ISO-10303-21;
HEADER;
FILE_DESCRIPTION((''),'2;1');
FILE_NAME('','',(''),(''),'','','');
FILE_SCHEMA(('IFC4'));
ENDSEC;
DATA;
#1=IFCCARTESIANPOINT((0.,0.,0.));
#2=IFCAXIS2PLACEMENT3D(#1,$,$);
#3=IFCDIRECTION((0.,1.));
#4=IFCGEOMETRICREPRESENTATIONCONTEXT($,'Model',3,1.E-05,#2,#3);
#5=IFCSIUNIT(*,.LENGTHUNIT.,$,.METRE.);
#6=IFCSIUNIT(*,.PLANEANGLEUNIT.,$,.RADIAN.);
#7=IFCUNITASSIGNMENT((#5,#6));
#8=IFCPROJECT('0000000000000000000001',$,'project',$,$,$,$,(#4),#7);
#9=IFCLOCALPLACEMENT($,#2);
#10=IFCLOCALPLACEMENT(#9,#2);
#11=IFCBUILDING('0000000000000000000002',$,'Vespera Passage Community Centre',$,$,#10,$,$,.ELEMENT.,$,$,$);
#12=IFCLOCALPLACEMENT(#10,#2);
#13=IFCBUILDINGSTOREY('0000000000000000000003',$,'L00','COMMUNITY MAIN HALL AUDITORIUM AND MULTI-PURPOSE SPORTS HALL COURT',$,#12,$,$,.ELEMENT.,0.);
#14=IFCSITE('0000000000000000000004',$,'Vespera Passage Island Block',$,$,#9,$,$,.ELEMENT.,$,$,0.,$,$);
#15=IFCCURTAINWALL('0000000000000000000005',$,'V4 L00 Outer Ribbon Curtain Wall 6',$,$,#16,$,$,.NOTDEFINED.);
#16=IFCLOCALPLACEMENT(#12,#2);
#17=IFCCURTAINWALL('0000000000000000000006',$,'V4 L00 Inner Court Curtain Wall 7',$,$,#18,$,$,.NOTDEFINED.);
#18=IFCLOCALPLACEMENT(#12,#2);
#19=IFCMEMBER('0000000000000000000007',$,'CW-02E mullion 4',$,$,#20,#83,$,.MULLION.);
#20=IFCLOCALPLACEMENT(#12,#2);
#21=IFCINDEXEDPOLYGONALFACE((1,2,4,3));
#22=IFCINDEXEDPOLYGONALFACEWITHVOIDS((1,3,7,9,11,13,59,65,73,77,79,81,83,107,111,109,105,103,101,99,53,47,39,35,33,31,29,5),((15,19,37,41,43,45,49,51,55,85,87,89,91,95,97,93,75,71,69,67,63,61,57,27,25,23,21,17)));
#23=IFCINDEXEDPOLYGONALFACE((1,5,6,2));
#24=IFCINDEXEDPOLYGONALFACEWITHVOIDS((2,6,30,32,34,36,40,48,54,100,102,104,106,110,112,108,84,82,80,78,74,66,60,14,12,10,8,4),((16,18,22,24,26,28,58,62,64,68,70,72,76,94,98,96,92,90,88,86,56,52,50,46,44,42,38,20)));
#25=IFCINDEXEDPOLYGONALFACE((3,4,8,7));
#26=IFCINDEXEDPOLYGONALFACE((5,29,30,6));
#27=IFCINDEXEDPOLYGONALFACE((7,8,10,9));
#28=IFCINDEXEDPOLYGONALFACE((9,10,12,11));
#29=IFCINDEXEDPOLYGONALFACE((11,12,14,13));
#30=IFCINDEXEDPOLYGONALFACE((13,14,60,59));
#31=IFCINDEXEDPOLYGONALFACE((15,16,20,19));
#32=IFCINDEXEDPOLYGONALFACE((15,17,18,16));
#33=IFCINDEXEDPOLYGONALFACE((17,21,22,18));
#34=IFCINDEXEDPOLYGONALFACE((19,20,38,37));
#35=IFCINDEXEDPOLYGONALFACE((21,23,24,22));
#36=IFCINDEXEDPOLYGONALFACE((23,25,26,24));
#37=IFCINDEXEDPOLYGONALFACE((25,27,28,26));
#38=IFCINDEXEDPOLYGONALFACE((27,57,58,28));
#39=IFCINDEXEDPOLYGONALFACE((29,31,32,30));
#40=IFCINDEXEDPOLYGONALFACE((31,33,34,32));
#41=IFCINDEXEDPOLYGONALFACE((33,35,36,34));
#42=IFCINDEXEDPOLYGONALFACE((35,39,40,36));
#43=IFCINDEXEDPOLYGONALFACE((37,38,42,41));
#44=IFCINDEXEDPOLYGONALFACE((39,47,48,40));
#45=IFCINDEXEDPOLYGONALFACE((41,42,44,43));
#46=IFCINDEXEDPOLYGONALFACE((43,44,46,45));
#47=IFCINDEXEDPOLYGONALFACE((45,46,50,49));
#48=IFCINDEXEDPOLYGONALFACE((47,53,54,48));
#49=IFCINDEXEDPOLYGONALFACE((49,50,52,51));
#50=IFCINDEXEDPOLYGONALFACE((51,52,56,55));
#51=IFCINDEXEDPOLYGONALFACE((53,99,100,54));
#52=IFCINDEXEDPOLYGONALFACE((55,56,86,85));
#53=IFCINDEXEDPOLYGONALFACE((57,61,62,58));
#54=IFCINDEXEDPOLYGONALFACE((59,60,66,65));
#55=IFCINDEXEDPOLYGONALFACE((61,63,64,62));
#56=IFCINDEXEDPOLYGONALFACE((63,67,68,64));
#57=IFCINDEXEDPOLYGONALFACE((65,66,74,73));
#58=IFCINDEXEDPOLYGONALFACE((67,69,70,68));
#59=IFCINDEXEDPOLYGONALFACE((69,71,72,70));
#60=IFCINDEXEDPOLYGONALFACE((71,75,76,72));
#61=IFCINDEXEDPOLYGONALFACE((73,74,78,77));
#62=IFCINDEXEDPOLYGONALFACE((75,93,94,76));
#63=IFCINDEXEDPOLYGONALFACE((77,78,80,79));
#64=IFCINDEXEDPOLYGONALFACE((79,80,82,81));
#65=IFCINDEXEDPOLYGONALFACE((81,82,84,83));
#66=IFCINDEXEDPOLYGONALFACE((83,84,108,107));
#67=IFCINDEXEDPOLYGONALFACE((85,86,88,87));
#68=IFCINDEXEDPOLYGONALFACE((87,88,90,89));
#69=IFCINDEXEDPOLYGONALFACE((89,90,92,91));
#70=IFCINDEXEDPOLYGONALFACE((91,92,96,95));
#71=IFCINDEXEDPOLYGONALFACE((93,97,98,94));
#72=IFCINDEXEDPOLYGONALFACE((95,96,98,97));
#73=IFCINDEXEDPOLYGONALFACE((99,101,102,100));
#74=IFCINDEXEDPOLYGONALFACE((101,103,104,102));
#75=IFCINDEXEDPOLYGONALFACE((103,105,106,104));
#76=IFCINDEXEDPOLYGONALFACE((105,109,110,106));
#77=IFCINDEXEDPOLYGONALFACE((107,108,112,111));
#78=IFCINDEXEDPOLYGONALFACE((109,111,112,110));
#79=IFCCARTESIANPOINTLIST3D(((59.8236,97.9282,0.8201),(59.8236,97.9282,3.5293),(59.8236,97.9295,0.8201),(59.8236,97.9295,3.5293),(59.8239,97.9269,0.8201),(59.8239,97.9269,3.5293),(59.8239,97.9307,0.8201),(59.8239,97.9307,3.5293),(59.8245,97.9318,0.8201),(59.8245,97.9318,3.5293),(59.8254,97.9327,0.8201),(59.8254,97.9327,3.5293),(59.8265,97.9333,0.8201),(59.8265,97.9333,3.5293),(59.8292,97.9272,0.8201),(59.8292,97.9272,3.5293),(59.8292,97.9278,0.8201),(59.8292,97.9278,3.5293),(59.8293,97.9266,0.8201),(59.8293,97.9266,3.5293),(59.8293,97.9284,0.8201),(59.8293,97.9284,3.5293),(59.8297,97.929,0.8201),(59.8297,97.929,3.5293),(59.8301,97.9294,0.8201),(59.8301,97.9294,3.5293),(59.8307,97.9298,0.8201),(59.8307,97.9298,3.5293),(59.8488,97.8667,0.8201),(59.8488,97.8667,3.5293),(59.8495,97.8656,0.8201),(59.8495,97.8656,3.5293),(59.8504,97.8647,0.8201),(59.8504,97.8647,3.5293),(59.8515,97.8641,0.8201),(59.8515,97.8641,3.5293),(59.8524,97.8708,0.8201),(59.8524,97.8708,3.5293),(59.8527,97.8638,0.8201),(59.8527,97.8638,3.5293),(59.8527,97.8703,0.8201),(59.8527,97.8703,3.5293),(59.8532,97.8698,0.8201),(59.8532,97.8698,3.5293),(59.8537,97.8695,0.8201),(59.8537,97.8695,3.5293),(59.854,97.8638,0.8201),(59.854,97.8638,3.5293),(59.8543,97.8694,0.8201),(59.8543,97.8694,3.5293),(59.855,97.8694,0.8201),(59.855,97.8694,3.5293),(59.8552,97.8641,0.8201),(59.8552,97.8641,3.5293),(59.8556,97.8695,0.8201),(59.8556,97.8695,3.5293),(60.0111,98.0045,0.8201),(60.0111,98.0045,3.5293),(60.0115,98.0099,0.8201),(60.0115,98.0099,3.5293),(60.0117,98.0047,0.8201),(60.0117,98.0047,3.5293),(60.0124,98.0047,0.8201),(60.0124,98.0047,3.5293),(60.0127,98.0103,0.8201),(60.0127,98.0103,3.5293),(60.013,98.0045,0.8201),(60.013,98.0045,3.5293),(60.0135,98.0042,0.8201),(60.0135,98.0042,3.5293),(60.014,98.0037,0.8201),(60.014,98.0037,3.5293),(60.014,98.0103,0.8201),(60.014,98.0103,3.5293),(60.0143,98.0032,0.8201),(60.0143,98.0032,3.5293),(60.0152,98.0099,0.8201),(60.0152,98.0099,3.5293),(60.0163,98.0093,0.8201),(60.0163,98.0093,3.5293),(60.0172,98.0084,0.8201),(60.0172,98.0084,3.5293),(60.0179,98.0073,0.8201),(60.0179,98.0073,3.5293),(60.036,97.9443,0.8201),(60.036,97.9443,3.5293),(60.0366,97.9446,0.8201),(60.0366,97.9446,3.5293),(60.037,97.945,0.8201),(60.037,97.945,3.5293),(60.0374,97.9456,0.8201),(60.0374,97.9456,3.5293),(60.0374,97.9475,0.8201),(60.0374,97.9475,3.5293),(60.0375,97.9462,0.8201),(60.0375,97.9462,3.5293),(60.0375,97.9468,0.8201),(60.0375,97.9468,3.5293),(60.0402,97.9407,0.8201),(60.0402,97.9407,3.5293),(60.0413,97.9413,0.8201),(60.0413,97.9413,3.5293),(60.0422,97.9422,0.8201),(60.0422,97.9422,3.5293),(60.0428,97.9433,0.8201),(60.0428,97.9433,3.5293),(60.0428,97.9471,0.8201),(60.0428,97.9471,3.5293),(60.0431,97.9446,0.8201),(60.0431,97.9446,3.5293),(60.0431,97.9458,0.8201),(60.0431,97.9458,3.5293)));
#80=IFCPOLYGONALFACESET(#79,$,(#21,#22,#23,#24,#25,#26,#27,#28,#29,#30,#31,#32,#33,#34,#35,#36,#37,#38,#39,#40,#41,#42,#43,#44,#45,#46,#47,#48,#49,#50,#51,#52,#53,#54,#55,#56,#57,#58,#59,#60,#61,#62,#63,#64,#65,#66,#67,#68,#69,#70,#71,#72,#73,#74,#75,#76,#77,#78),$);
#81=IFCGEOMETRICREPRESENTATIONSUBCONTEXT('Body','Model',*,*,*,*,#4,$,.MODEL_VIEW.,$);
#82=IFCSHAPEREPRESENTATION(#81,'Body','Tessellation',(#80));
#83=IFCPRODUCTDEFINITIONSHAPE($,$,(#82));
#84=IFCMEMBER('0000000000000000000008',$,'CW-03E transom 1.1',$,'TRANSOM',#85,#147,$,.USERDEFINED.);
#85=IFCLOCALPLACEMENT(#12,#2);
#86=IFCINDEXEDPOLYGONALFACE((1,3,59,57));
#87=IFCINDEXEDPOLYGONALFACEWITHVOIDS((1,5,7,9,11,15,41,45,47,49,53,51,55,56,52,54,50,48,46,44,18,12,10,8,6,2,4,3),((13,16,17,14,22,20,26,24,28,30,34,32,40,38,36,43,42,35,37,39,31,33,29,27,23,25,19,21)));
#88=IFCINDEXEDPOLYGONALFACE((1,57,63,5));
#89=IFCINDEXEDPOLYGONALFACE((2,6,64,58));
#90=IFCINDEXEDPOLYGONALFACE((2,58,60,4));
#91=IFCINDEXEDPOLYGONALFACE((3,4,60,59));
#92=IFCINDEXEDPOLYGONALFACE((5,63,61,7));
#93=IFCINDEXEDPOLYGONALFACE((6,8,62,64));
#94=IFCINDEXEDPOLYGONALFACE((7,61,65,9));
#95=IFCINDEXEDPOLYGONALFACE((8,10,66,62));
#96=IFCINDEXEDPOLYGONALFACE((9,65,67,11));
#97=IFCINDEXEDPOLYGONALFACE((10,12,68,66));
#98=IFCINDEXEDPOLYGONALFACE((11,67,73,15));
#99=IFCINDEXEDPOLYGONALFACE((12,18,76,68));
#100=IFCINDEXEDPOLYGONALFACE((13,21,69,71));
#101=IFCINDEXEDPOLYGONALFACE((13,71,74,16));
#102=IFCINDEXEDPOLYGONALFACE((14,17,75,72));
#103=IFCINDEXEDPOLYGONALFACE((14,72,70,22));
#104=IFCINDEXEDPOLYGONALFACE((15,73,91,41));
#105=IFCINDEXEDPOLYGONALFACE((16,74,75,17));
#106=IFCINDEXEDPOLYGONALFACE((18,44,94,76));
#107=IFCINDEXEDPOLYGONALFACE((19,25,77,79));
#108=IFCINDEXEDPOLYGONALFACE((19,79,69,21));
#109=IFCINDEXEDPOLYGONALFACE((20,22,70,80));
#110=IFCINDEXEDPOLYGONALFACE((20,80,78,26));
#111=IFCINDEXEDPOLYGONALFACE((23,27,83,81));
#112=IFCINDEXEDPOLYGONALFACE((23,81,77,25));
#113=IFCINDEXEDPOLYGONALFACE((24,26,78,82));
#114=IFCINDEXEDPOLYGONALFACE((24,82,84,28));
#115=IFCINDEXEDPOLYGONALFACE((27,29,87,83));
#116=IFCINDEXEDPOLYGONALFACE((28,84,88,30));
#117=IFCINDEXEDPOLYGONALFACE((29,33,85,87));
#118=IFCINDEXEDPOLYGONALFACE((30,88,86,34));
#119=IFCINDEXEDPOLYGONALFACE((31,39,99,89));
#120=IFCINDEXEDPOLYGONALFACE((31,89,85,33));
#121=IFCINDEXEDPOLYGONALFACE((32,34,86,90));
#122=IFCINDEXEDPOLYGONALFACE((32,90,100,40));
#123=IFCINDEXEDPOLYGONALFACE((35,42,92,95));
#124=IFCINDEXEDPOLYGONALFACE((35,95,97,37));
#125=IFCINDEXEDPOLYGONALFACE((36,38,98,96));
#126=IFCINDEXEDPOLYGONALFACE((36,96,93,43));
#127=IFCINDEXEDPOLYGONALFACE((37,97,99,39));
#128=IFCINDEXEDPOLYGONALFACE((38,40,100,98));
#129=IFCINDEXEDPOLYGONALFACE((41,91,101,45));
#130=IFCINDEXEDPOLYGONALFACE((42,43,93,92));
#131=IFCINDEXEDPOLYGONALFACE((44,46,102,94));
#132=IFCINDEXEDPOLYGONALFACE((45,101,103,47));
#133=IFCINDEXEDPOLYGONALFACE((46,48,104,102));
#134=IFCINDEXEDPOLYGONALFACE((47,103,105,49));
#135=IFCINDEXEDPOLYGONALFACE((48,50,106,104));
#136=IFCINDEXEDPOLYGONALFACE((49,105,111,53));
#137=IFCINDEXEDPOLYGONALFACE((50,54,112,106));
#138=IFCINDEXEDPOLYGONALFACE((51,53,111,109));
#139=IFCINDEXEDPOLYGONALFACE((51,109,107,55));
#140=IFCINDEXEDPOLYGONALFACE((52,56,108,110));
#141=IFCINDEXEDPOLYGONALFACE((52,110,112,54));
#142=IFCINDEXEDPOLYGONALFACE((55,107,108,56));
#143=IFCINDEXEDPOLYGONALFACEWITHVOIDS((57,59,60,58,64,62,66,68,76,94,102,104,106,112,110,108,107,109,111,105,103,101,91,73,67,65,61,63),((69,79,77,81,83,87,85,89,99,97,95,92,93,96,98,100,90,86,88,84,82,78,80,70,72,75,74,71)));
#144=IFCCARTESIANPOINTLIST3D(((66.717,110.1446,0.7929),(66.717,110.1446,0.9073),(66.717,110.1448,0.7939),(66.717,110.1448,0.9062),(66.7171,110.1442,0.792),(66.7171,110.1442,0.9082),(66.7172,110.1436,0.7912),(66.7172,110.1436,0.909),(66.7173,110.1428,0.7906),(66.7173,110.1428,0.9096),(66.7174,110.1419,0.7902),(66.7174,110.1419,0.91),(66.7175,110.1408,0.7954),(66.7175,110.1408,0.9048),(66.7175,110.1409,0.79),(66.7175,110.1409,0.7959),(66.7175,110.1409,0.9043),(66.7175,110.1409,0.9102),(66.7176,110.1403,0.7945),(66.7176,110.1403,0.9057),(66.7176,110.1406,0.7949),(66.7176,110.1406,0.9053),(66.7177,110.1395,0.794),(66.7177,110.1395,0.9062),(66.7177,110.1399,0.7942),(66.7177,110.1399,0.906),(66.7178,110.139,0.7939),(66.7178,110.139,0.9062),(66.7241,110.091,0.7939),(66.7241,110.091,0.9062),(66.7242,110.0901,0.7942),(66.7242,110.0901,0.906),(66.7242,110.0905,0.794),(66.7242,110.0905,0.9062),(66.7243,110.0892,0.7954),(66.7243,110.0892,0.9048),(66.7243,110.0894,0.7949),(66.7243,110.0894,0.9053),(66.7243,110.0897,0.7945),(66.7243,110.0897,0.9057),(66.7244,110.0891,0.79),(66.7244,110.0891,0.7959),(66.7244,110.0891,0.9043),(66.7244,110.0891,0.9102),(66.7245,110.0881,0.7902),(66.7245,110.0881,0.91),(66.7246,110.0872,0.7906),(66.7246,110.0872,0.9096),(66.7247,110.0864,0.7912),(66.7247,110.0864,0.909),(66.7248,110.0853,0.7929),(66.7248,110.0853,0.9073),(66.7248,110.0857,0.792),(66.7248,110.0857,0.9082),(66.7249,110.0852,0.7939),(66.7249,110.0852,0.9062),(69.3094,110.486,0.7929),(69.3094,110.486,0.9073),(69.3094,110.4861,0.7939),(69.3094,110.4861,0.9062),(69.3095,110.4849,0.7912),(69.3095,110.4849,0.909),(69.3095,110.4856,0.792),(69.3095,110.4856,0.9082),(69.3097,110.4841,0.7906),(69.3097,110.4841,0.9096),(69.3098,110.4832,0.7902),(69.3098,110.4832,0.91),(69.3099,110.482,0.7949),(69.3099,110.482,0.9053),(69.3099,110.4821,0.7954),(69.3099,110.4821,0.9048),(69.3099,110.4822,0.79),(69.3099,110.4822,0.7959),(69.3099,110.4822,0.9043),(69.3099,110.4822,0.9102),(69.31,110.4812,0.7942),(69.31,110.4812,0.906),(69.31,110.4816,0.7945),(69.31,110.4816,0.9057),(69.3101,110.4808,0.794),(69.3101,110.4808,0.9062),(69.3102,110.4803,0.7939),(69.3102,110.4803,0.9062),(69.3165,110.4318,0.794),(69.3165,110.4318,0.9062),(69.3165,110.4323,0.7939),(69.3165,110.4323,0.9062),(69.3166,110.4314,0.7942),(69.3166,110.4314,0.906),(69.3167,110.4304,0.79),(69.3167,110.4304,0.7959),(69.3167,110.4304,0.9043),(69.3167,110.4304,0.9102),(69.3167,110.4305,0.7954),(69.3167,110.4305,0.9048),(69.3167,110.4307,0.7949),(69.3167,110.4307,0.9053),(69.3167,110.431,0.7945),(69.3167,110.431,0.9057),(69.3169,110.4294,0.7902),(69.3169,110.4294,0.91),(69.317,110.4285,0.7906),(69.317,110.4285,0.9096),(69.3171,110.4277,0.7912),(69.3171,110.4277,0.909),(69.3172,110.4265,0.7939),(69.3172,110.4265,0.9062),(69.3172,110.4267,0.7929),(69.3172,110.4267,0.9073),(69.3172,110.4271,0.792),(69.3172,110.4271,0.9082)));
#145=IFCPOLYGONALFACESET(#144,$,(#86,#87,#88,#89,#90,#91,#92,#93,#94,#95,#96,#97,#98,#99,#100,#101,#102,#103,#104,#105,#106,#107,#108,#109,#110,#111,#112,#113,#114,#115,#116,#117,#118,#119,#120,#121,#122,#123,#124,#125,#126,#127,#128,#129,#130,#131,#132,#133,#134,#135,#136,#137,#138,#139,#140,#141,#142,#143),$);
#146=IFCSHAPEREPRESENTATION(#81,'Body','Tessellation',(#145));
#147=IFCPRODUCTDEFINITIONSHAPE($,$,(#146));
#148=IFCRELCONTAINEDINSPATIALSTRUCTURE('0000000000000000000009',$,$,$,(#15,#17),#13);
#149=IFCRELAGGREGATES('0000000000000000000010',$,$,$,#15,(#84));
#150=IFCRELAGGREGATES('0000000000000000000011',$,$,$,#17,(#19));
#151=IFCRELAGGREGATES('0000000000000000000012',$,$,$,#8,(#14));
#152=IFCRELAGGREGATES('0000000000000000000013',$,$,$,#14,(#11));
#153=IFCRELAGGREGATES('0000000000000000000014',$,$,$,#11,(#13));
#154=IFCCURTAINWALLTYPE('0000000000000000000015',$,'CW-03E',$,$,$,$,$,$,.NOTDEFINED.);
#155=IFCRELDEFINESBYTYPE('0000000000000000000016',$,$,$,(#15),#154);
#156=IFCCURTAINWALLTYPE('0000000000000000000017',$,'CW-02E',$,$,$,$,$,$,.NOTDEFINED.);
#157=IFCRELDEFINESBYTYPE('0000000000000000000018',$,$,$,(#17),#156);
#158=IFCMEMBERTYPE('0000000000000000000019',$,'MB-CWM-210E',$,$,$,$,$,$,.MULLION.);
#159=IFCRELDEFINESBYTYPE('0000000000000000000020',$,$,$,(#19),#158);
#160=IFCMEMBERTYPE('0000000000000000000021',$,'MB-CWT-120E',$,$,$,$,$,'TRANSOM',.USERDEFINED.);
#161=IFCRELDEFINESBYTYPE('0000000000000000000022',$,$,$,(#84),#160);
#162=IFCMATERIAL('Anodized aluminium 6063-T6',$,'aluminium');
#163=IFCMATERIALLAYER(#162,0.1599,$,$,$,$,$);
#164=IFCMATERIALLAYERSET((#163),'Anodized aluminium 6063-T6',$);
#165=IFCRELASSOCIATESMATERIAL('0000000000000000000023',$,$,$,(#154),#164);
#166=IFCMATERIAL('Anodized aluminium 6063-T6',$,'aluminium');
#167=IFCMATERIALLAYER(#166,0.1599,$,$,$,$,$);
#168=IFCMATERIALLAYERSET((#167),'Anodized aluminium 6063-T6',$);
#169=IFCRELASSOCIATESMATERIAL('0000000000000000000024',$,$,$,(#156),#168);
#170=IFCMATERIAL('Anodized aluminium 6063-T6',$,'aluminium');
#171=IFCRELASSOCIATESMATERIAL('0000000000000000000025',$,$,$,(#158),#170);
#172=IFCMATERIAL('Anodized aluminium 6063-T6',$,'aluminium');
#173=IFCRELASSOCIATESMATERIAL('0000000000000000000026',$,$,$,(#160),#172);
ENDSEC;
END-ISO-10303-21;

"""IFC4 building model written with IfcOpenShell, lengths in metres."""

from ifc_helpers import new_model, si_unit, direction, frame, origin, origin_2d, place, context, subcontext, project, spatial, hollow_rectangle, extrude, material, layer, layer_set, material_profile, profile_set, type_object, element, aggregate, save


model = new_model("IFC4")

# Units and contexts
model_context = context("Model", 3, precision=1e-05, world=origin(), true_north=direction((0.0, 1.0)))
body_context = subcontext(model_context, "Body", "Model", "MODEL_VIEW")
ifc_project = project(units=[si_unit("LENGTHUNIT", "METRE"), si_unit("PLANEANGLEUNIT", "RADIAN")], contexts=[model_context])

# Site, building, storey
site_placement = place(None, origin())
site = spatial("IfcSite", under=ifc_project, at=site_placement, Name="Vespera Passage Island Block", CompositionType="ELEMENT", RefElevation=0.0)
building_placement = place(site_placement, origin())
building = spatial("IfcBuilding", under=site, at=building_placement, Name="Vespera Passage Community Centre", CompositionType="ELEMENT")
storey_placement = place(building_placement, origin())
storey = spatial("IfcBuildingStorey", under=building, at=storey_placement, Name="L00", Description="COMMUNITY MAIN HALL AUDITORIUM AND MULTI-PURPOSE SPORTS HALL COURT", CompositionType="ELEMENT", Elevation=0.0)

# Curtain wall
ifc_material_1 = material(Name="Anodized aluminium 6063-T6", Category="aluminium")
ifc_layer_1 = layer(ifc_material_1, 0.1599)
ifc_layer_set_1 = layer_set([ifc_layer_1], Name="Anodized aluminium 6063-T6")
curtain_wall_type_1 = type_object("IfcCurtainWallType", Name="CW-03E", PredefinedType="NOTDEFINED", material=ifc_layer_set_1)
curtain_wall_1_placement = place(storey_placement, origin())
curtain_wall_1 = element("IfcCurtainWall", 1, at=curtain_wall_1_placement, inside=storey, type_object=curtain_wall_type_1, Name="V4 L00 Outer Ribbon Curtain Wall 6", PredefinedType="NOTDEFINED")

# Curtain wall, member
ifc_material_2 = material(Name="Anodized aluminium 6063-T6", Category="aluminium")
ifc_layer_2 = layer(ifc_material_2, 0.1599)
ifc_layer_set_2 = layer_set([ifc_layer_2], Name="Anodized aluminium 6063-T6")
curtain_wall_type_2 = type_object("IfcCurtainWallType", Name="CW-02E", PredefinedType="NOTDEFINED", material=ifc_layer_set_2)
curtain_wall_2_placement = place(storey_placement, origin())
curtain_wall_2 = element("IfcCurtainWall", 2, at=curtain_wall_2_placement, inside=storey, type_object=curtain_wall_type_2, Name="V4 L00 Inner Court Curtain Wall 7", PredefinedType="NOTDEFINED")
ifc_material_3 = material(Name="Anodized aluminium 6063-T6", Category="aluminium")
ifc_material_profile_1 = material_profile(ifc_material_3, hollow_rectangle(XDim=0.075, YDim=0.21, WallThickness=0.0049, InnerFilletRadius=0.0024, OuterFilletRadius=0.0049, at=origin_2d()), Name="ALU210X75X5")
ifc_profile_set_1 = profile_set([ifc_material_profile_1], Name="Anodized aluminium 6063-T6")
member_type_1 = type_object("IfcMemberType", Name="MB-CWM-210E", PredefinedType="MULLION", material=ifc_profile_set_1)
member_1_placement = place(storey_placement, frame((59.9333, 97.937, 0.8201), z_axis=(0.0, 0.0, 1.0), x_axis=(0.38269, -0.923877, 0.0)))
member_1 = element("IfcMember", 3, at=member_1_placement, type_object=member_type_1, Name="CW-02E mullion 4", PredefinedType="MULLION", context=body_context, shape_type="SweptSolid", body=[
    extrude(hollow_rectangle(XDim=0.075, YDim=0.21, WallThickness=0.0049, InnerFilletRadius=0.0024, OuterFilletRadius=0.0049, at=origin_2d()), origin(), (0.0, 0.0, 1.0), 2.7092),
])

# Member
ifc_material_4 = material(Name="Anodized aluminium 6063-T6", Category="aluminium")
ifc_material_profile_2 = material_profile(ifc_material_4, hollow_rectangle(XDim=0.0601, YDim=0.1201, WallThickness=0.0039, InnerFilletRadius=0.002, OuterFilletRadius=0.0039, at=origin_2d()), Name="ALU120X60X4")
ifc_profile_set_2 = profile_set([ifc_material_profile_2], Name="Anodized aluminium 6063-T6")
member_type_2 = type_object("IfcMemberType", Name="MB-CWT-120E", ElementType="TRANSOM", PredefinedType="USERDEFINED", material=ifc_profile_set_2)
member_2_placement = place(storey_placement, frame((66.7209, 110.115, 0.8501), z_axis=(0.991443, 0.130537, 0.0), x_axis=(-0.130537, 0.991443, 0.0)))
member_2 = element("IfcMember", 4, at=member_2_placement, type_object=member_type_2, Name="CW-03E transom 1.1", ObjectType="TRANSOM", PredefinedType="USERDEFINED", context=body_context, shape_type="SweptSolid", body=[
    extrude(hollow_rectangle(XDim=0.0601, YDim=0.1201, WallThickness=0.0039, InnerFilletRadius=0.002, OuterFilletRadius=0.0039, at=origin_2d()), origin(), (0.0, 0.0, 1.0), 2.6147),
])
aggregate(curtain_wall_1, [member_2])

aggregate(curtain_wall_2, [member_1])

save(model, "model.ifc")
